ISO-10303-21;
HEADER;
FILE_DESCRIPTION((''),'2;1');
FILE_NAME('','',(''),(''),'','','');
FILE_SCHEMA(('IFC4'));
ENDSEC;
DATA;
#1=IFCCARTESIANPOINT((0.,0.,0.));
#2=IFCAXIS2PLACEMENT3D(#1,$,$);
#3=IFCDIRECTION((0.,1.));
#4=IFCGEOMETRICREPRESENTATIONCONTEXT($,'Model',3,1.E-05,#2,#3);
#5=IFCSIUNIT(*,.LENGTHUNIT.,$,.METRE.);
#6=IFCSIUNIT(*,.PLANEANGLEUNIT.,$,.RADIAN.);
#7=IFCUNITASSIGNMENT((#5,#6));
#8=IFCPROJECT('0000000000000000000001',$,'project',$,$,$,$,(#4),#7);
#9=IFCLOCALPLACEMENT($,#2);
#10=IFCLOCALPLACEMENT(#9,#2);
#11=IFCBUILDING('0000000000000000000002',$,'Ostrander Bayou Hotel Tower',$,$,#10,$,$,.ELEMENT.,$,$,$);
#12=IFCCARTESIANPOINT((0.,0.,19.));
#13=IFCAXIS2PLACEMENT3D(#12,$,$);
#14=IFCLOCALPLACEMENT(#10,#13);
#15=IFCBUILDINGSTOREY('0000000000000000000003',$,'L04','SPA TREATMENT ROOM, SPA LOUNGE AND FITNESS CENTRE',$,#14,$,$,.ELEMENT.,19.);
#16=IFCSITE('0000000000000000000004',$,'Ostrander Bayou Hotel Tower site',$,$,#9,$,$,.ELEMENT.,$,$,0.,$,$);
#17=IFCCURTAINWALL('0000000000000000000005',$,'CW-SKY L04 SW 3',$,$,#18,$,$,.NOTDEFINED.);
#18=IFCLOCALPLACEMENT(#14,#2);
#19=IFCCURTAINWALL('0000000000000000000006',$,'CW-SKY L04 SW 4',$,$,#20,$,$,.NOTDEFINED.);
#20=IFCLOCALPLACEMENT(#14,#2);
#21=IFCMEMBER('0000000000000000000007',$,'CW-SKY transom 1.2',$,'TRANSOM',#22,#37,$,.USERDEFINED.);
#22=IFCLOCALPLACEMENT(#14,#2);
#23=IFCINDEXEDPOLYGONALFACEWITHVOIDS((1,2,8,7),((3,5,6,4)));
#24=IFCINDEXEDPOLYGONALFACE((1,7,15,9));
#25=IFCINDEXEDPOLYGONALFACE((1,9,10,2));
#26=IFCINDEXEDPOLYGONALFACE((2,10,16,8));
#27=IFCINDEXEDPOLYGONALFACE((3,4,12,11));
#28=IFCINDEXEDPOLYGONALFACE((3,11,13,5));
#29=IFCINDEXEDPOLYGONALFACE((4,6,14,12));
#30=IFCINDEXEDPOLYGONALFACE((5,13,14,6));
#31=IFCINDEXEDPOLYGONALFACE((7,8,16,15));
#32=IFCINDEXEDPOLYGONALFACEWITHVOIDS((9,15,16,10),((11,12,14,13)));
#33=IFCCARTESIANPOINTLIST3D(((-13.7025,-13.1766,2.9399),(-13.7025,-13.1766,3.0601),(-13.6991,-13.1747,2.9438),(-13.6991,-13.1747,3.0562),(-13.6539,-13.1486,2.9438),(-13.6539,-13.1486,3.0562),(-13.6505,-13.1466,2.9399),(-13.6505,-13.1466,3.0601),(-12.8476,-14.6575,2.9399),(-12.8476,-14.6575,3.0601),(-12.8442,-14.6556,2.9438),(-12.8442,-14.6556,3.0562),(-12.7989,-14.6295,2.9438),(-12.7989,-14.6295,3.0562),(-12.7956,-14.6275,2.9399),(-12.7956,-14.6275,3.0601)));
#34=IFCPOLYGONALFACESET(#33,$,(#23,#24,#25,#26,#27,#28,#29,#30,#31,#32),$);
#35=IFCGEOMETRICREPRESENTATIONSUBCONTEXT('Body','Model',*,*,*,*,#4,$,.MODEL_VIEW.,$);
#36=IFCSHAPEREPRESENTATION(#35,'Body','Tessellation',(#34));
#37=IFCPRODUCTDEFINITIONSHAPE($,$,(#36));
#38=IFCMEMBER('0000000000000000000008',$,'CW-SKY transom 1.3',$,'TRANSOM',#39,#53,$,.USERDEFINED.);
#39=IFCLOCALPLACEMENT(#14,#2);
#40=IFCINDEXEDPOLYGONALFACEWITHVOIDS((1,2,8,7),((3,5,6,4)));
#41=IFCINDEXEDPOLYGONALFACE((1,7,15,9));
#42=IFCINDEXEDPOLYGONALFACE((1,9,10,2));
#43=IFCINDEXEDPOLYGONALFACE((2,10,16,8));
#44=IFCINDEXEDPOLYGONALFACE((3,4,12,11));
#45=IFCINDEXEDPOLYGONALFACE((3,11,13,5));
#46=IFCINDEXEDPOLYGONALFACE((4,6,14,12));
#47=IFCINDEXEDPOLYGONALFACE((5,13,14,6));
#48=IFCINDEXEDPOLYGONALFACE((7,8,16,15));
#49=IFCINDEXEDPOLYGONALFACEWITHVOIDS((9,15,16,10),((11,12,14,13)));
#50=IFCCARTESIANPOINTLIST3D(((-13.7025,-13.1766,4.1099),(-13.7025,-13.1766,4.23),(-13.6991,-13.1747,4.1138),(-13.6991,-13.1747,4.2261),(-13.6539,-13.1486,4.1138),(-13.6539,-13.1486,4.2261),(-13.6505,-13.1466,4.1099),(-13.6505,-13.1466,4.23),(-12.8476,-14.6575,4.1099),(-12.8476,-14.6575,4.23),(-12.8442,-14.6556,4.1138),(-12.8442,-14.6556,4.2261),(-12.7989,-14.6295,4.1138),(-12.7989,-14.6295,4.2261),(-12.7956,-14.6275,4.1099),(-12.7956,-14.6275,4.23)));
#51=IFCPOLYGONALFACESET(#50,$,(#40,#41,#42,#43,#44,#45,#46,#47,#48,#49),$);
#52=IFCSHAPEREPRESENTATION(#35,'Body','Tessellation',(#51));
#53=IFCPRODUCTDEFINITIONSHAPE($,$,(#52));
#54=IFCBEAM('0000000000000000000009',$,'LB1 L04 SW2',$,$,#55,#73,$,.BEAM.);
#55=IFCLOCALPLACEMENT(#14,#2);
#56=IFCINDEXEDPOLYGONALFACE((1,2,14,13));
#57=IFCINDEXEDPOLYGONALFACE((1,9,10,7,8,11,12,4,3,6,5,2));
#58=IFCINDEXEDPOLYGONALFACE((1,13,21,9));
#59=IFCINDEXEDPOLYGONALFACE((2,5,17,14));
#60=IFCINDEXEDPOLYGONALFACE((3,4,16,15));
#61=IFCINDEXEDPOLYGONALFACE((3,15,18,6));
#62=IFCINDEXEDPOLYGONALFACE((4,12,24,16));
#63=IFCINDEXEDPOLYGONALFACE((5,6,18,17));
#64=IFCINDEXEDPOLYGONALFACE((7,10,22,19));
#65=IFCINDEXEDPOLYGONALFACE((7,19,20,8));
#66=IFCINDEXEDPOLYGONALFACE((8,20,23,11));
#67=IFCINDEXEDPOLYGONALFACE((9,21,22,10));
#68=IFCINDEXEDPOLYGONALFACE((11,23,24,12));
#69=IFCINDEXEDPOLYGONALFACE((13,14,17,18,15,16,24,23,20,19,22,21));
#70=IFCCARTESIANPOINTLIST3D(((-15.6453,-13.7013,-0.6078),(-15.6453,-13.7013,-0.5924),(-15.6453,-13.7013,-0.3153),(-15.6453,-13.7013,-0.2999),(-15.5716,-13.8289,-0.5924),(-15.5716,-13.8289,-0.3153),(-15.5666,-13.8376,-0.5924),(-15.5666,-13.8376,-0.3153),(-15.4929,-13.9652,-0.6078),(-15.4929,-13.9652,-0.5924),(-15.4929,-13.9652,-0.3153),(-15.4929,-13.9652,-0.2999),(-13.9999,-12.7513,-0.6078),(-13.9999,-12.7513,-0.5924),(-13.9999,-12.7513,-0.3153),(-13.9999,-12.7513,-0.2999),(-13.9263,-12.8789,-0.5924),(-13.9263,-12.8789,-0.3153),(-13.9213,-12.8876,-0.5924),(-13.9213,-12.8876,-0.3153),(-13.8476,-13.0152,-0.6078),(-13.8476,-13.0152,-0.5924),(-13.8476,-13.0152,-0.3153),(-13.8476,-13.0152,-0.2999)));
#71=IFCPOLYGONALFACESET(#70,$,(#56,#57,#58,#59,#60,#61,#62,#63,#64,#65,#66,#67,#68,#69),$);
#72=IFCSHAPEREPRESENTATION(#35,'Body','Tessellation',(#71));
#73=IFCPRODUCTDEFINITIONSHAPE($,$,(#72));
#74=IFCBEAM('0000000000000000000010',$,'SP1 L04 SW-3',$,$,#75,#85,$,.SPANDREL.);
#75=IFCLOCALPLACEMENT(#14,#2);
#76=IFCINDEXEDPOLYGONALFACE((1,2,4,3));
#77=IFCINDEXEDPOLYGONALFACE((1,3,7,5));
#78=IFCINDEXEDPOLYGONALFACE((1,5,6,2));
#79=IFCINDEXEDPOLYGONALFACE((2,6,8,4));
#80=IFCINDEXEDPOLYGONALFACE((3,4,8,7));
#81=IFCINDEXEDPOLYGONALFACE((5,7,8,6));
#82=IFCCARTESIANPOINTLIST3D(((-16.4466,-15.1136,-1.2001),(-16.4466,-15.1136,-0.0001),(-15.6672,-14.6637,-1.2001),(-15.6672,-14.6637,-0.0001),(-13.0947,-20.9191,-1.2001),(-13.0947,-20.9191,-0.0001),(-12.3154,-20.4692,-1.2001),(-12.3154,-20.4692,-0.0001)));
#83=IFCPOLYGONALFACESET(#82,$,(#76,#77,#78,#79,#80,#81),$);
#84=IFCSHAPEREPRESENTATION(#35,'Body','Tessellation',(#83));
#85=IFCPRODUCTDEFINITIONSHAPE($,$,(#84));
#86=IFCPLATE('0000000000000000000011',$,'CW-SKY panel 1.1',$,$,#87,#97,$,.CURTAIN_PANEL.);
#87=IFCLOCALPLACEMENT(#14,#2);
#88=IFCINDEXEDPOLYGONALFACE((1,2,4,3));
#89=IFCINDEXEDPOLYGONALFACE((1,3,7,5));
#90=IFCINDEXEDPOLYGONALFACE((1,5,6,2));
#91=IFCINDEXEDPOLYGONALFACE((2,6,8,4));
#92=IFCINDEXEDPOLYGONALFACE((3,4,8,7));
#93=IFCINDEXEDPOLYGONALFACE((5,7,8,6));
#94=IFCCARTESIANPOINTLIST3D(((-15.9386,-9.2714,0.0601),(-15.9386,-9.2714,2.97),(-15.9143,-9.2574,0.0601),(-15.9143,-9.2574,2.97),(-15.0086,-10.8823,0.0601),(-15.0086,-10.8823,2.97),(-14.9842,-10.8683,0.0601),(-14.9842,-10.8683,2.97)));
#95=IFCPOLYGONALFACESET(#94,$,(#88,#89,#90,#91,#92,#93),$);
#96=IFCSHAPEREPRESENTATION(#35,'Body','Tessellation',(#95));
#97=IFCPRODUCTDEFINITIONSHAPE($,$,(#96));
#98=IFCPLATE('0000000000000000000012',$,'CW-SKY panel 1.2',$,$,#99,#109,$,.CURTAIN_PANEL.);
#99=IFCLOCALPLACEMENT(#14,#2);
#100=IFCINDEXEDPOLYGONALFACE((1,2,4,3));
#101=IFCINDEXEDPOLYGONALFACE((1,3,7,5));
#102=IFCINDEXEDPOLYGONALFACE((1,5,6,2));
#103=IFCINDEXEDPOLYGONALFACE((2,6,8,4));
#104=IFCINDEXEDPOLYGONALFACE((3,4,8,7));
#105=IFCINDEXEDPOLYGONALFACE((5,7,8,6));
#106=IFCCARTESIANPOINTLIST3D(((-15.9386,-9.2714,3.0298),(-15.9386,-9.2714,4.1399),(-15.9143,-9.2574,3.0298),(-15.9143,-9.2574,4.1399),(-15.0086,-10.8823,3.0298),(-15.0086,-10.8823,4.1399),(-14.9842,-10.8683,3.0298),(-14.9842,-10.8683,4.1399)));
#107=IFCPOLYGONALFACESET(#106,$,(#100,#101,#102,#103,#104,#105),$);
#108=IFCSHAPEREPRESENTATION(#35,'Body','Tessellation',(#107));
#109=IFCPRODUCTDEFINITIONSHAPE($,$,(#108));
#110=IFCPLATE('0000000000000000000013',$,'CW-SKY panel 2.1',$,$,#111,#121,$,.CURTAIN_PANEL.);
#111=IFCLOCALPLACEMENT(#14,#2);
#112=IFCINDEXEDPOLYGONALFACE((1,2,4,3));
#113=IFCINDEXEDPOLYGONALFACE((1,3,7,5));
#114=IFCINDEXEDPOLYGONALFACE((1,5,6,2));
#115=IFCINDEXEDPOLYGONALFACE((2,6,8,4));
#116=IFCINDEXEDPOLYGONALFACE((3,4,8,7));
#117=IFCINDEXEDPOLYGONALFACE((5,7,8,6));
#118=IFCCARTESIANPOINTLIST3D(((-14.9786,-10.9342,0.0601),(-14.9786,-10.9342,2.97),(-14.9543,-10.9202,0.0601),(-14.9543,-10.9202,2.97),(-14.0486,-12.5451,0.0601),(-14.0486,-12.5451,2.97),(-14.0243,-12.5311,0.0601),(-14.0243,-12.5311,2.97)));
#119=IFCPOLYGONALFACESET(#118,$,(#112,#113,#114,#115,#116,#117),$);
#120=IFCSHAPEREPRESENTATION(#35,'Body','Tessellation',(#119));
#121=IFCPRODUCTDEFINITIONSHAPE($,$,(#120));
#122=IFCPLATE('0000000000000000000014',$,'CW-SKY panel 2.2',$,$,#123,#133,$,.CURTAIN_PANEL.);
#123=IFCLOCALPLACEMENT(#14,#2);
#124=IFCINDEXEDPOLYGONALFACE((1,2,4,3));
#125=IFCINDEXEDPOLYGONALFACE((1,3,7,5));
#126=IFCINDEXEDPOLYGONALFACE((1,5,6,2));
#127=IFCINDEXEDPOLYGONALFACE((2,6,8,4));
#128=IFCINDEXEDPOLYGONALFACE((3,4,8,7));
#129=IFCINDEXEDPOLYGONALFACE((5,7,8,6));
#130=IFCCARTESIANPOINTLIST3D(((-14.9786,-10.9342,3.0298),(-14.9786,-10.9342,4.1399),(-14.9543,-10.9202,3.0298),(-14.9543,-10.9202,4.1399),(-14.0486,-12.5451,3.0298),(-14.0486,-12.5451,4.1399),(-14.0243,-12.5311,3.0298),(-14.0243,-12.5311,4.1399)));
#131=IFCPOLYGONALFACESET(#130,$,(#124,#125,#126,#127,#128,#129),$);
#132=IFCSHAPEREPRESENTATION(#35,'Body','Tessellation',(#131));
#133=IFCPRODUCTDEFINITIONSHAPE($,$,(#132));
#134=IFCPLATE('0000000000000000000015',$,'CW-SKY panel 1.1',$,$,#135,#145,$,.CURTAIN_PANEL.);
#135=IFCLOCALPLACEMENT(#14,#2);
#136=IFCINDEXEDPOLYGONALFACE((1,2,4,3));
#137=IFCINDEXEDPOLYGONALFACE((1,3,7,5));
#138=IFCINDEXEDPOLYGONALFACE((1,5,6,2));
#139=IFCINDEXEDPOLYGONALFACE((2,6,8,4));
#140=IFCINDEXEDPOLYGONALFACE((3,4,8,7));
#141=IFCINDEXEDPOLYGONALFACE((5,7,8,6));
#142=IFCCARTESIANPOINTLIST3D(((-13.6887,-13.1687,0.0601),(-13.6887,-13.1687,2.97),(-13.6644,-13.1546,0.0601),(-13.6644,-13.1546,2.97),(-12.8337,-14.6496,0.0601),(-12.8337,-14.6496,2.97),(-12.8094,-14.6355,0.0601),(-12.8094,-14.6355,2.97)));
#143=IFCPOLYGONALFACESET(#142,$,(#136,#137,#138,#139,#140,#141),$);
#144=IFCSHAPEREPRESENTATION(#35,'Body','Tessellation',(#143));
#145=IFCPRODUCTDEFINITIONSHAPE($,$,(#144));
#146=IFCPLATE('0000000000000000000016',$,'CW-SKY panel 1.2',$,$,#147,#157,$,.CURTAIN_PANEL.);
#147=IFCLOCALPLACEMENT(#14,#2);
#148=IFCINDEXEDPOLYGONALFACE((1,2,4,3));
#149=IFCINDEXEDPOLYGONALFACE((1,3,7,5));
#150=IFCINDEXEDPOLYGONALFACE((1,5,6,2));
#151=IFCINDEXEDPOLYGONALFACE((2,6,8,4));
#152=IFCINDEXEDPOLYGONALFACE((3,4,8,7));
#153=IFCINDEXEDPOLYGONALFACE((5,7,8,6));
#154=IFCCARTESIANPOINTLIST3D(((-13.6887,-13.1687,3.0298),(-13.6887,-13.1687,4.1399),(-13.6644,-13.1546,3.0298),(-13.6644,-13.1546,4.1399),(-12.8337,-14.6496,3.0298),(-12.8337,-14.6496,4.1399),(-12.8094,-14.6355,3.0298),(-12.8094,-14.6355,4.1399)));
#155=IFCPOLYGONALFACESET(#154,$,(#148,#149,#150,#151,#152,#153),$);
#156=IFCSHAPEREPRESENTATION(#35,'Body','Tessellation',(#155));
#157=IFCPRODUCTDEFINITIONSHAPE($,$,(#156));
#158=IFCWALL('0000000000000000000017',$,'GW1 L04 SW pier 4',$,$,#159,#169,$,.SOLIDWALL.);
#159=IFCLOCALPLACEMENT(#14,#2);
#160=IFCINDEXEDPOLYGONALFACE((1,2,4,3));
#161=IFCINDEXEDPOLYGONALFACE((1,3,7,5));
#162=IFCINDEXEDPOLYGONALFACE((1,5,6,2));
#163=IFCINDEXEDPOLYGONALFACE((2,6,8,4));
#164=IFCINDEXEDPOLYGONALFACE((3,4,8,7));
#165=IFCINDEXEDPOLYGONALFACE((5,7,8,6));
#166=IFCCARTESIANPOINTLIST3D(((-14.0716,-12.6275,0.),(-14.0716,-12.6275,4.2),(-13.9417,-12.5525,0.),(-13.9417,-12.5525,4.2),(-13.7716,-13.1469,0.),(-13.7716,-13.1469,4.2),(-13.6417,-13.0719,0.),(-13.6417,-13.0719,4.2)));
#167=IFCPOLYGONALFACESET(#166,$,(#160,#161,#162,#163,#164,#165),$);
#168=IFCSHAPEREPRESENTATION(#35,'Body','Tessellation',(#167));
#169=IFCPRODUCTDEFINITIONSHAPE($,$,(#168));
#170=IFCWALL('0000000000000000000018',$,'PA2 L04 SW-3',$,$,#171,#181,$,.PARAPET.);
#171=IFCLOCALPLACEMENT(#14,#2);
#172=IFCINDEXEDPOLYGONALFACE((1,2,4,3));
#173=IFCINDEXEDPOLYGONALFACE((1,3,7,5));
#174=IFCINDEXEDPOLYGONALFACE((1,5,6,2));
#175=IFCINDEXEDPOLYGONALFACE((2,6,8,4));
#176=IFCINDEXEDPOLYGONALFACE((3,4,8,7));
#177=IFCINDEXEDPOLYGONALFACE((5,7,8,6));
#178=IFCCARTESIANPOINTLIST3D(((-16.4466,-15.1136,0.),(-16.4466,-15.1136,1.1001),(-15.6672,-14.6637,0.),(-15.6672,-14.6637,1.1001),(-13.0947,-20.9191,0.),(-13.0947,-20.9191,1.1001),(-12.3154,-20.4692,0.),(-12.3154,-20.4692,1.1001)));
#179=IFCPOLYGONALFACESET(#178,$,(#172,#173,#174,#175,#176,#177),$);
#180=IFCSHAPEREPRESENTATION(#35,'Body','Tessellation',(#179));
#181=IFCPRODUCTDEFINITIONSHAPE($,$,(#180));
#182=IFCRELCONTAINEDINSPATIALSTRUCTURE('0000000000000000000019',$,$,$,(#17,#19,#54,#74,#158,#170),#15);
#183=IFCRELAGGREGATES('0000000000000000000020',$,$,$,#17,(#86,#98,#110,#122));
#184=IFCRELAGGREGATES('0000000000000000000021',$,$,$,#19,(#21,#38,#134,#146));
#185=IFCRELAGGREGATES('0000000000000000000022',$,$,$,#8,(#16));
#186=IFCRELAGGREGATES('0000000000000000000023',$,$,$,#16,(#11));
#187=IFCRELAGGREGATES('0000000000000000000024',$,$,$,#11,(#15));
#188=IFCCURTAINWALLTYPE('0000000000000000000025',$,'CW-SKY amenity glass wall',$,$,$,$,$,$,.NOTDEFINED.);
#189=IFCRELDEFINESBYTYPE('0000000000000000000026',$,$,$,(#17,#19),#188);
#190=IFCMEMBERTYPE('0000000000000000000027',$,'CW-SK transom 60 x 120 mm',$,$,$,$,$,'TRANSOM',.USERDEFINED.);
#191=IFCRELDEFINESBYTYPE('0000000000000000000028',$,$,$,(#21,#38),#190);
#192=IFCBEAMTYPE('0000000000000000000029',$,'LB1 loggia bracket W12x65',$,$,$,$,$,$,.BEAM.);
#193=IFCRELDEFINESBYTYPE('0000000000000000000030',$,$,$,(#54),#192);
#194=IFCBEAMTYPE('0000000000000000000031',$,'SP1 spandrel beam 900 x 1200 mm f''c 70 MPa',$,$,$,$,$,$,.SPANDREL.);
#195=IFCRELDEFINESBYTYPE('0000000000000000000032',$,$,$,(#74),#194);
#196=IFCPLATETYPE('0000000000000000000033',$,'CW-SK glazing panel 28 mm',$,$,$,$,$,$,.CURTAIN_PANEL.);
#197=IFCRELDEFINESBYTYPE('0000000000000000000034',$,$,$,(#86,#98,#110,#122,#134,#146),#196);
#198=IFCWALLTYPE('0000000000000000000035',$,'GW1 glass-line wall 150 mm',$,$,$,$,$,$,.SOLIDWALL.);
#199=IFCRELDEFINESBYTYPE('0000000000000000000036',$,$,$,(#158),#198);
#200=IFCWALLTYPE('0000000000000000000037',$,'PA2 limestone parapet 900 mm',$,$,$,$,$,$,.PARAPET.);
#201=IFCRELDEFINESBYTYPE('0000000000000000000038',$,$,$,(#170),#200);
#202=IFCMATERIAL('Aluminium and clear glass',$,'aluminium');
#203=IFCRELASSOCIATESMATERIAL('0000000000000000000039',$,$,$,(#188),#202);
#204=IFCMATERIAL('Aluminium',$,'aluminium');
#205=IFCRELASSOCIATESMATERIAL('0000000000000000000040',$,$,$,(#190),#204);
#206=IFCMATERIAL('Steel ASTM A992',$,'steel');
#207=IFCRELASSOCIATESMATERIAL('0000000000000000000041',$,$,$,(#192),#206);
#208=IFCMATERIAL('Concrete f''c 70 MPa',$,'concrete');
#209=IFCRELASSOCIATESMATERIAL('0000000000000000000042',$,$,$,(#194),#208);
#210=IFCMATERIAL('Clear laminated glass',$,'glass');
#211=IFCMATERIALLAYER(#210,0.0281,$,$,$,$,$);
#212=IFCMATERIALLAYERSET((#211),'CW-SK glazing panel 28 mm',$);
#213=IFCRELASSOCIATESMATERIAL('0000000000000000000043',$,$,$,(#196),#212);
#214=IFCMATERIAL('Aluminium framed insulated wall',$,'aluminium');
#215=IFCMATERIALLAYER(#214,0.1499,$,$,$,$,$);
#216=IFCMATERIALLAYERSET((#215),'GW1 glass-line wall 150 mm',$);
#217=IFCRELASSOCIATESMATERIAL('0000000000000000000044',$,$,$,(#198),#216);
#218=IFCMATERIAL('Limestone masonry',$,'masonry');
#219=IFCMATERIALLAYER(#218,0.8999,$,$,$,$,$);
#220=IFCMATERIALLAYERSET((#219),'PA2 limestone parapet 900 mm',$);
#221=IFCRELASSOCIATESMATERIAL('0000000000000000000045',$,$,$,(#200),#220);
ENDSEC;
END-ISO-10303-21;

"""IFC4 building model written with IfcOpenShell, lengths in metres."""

from ifc_helpers import new_model, si_unit, direction, frame, frame_2d, origin, origin_2d, place, context, subcontext, project, spatial, rectangle, hollow_rectangle, i_section, extrude, material, layer, layer_set, material_profile, profile_set, type_object, element, aggregate, save


model = new_model("IFC4")

# Units and contexts
model_context = context("Model", 3, precision=1e-05, world=origin(), true_north=direction((0.0, 1.0)))
body_context = subcontext(model_context, "Body", "Model", "MODEL_VIEW")
ifc_project = project(units=[si_unit("LENGTHUNIT", "METRE"), si_unit("PLANEANGLEUNIT", "RADIAN")], contexts=[model_context])

# Site, building, storey
site_placement = place(None, origin())
site = spatial("IfcSite", under=ifc_project, at=site_placement, Name="Ostrander Bayou Hotel Tower site", CompositionType="ELEMENT", RefElevation=0.0)
building_placement = place(site_placement, origin())
building = spatial("IfcBuilding", under=site, at=building_placement, Name="Ostrander Bayou Hotel Tower", CompositionType="ELEMENT")
storey_placement = place(building_placement, frame((0.0, 0.0, 19.0)))
storey = spatial("IfcBuildingStorey", under=building, at=storey_placement, Name="L04", Description="SPA TREATMENT ROOM, SPA LOUNGE AND FITNESS CENTRE", CompositionType="ELEMENT", Elevation=19.0)

# Curtain wall
ifc_material_1 = material(Name="Aluminium and clear glass", Category="aluminium")
curtain_wall_type = type_object("IfcCurtainWallType", Name="CW-SKY amenity glass wall", PredefinedType="NOTDEFINED", material=ifc_material_1)
curtain_wall_1_placement = place(storey_placement, origin())
curtain_wall_1 = element("IfcCurtainWall", 1, at=curtain_wall_1_placement, inside=storey, type_object=curtain_wall_type, Name="CW-SKY L04 SW 3", PredefinedType="NOTDEFINED")

# Curtain wall
curtain_wall_2_placement = place(storey_placement, origin())
curtain_wall_2 = element("IfcCurtainWall", 2, at=curtain_wall_2_placement, inside=storey, type_object=curtain_wall_type, Name="CW-SKY L04 SW 4", PredefinedType="NOTDEFINED")

# Members
ifc_material_2 = material(Name="Aluminium", Category="aluminium")
ifc_material_profile_1 = material_profile(ifc_material_2, hollow_rectangle(XDim=0.0601, YDim=0.1201, WallThickness=0.0039, at=origin_2d()))
ifc_profile_set_1 = profile_set([ifc_material_profile_1], Name="Aluminium")
member_type_1 = type_object("IfcMemberType", Name="CW-SK transom 60 x 120 mm", ElementType="TRANSOM", PredefinedType="USERDEFINED", material=ifc_profile_set_1)
member_1_placement = place(storey_placement, frame((-13.6765, -13.1616, 3.0), z_axis=(0.499978, -0.866038, 0.0), x_axis=(0.866038, 0.499978, 0.0)))
member_1 = element("IfcMember", 3, at=member_1_placement, type_object=member_type_1, Name="CW-SKY transom 1.2", ObjectType="TRANSOM", PredefinedType="USERDEFINED", context=body_context, shape_type="SweptSolid", body=[
    extrude(hollow_rectangle(XDim=0.0601, YDim=0.1201, WallThickness=0.0039, at=origin_2d()), origin(), (0.0, 0.0, 1.0), 1.71),
])
member_2_placement = place(storey_placement, frame((-13.6765, -13.1616, 4.1699), z_axis=(0.499978, -0.866038, 0.0), x_axis=(0.866038, 0.499978, 0.0)))
member_2 = element("IfcMember", 4, at=member_2_placement, type_object=member_type_1, Name="CW-SKY transom 1.3", ObjectType="TRANSOM", PredefinedType="USERDEFINED", context=body_context, shape_type="SweptSolid", body=[
    extrude(hollow_rectangle(XDim=0.0601, YDim=0.1201, WallThickness=0.0039, at=origin_2d()), origin(), (0.0, 0.0, 1.0), 1.71),
])

# Beams
ifc_material_3 = material(Name="Steel ASTM A992", Category="steel")
ifc_material_profile_2 = material_profile(ifc_material_3, i_section(OverallWidth=0.3047, OverallDepth=0.3079, WebThickness=0.01, FlangeThickness=0.0154, at=origin_2d()))
ifc_profile_set_2 = profile_set([ifc_material_profile_2], Name="Steel ASTM A992")
beam_type_1 = type_object("IfcBeamType", Name="LB1 loggia bracket W12x65", PredefinedType="BEAM", material=ifc_profile_set_2)
beam_1_placement = place(storey_placement, frame((-15.5691, -13.8333, -0.4539), z_axis=(0.866012, 0.500023, 0.0), x_axis=(-0.500023, 0.866012, 0.0)))
element("IfcBeam", 5, at=beam_1_placement, inside=storey, type_object=beam_type_1, Name="LB1 L04 SW2", PredefinedType="BEAM", context=body_context, shape_type="SweptSolid", body=[
    extrude(i_section(OverallWidth=0.3047, OverallDepth=0.3079, WebThickness=0.01, FlangeThickness=0.0154, at=origin_2d()), origin(), (0.0, 0.0, 1.0), 1.8999),
])
ifc_material_4 = material(Name="Concrete f'c 70 MPa", Category="concrete")
ifc_material_profile_3 = material_profile(ifc_material_4, rectangle(XDim=0.8999, YDim=1.2, at=origin_2d()))
ifc_profile_set_3 = profile_set([ifc_material_profile_3], Name="Concrete f'c 70 MPa")
beam_type_2 = type_object("IfcBeamType", Name="SP1 spandrel beam 900 x 1200 mm f'c 70 MPa", PredefinedType="SPANDREL", material=ifc_profile_set_3)
beam_2_placement = place(storey_placement, frame((-16.0569, -14.8887, -0.6001), z_axis=(0.500005, -0.866022, 0.0), x_axis=(0.866022, 0.500005, 0.0)))
element("IfcBeam", 6, at=beam_2_placement, inside=storey, type_object=beam_type_2, Name="SP1 L04 SW-3", PredefinedType="SPANDREL", context=body_context, shape_type="SweptSolid", body=[
    extrude(rectangle(XDim=0.8999, YDim=1.2, at=origin_2d()), origin(), (0.0, 0.0, 1.0), 6.7036),
])

# Plates
ifc_material_5 = material(Name="Clear laminated glass", Category="glass")
ifc_layer_1 = layer(ifc_material_5, 0.0281)
ifc_layer_set_1 = layer_set([ifc_layer_1], Name="CW-SK glazing panel 28 mm")
plate_type = type_object("IfcPlateType", Name="CW-SK glazing panel 28 mm", PredefinedType="CURTAIN_PANEL", material=ifc_layer_set_1)
plate_1_placement = place(storey_placement, frame((-15.4614, -10.0698, 0.0601), z_axis=(0.0, 0.0, 1.0), x_axis=(0.5, -0.866025, 0.0)))
plate_1 = element("IfcPlate", 7, at=plate_1_placement, type_object=plate_type, Name="CW-SKY panel 1.1", PredefinedType="CURTAIN_PANEL", context=body_context, shape_type="SweptSolid", body=[
    extrude(rectangle(XDim=1.8601, YDim=0.0281, at=origin_2d()), origin(), (0.0, 0.0, 1.0), 2.9099),
])
plate_2_placement = place(storey_placement, frame((-15.4614, -10.0698, 3.0298), z_axis=(0.0, 0.0, 1.0), x_axis=(0.5, -0.866025, 0.0)))
plate_2 = element("IfcPlate", 8, at=plate_2_placement, type_object=plate_type, Name="CW-SKY panel 1.2", PredefinedType="CURTAIN_PANEL", context=body_context, shape_type="SweptSolid", body=[
    extrude(rectangle(XDim=1.8601, YDim=0.0281, at=origin_2d()), origin(), (0.0, 0.0, 1.0), 1.1101),
])
plate_3_placement = place(storey_placement, frame((-14.5015, -11.7327, 0.0601), z_axis=(0.0, 0.0, 1.0), x_axis=(0.5, -0.866025, 0.0)))
plate_3 = element("IfcPlate", 9, at=plate_3_placement, type_object=plate_type, Name="CW-SKY panel 2.1", PredefinedType="CURTAIN_PANEL", context=body_context, shape_type="SweptSolid", body=[
    extrude(rectangle(XDim=1.8601, YDim=0.0281, at=origin_2d()), origin(), (0.0, 0.0, 1.0), 2.9099),
])
plate_4_placement = place(storey_placement, frame((-14.5015, -11.7327, 3.0298), z_axis=(0.0, 0.0, 1.0), x_axis=(0.5, -0.866025, 0.0)))
plate_4 = element("IfcPlate", 10, at=plate_4_placement, type_object=plate_type, Name="CW-SKY panel 2.2", PredefinedType="CURTAIN_PANEL", context=body_context, shape_type="SweptSolid", body=[
    extrude(rectangle(XDim=1.8601, YDim=0.0281, at=origin_2d()), origin(), (0.0, 0.0, 1.0), 1.1101),
])
aggregate(curtain_wall_1, [plate_1, plate_2, plate_3, plate_4])
plate_5_placement = place(storey_placement, frame((-13.249, -13.9021, 0.0601), z_axis=(0.0, 0.0, 1.0), x_axis=(0.499999, -0.866026, 0.0)))
plate_5 = element("IfcPlate", 11, at=plate_5_placement, type_object=plate_type, Name="CW-SKY panel 1.1", PredefinedType="CURTAIN_PANEL", context=body_context, shape_type="SweptSolid", body=[
    extrude(rectangle(XDim=1.71, YDim=0.0281, at=origin_2d()), origin(), (0.0, 0.0, 1.0), 2.9099),
])
plate_6_placement = place(storey_placement, frame((-13.249, -13.9021, 3.0298), z_axis=(0.0, 0.0, 1.0), x_axis=(0.499999, -0.866026, 0.0)))
plate_6 = element("IfcPlate", 12, at=plate_6_placement, type_object=plate_type, Name="CW-SKY panel 1.2", PredefinedType="CURTAIN_PANEL", context=body_context, shape_type="SweptSolid", body=[
    extrude(rectangle(XDim=1.71, YDim=0.0281, at=origin_2d()), origin(), (0.0, 0.0, 1.0), 1.1101),
])
aggregate(curtain_wall_2, [member_1, member_2, plate_5, plate_6])

# Walls
ifc_material_6 = material(Name="Aluminium framed insulated wall", Category="aluminium")
ifc_layer_2 = layer(ifc_material_6, 0.1499)
ifc_layer_set_2 = layer_set([ifc_layer_2], Name="GW1 glass-line wall 150 mm")
wall_type_1 = type_object("IfcWallType", Name="GW1 glass-line wall 150 mm", PredefinedType="SOLIDWALL", material=ifc_layer_set_2)
wall_1_placement = place(storey_placement, frame((-14.0066, -12.5901, 0.0), z_axis=(0.0, 0.0, 1.0), x_axis=(0.500122, -0.865955, 0.0)))
element("IfcWall", 13, at=wall_1_placement, inside=storey, type_object=wall_type_1, Name="GW1 L04 SW pier 4", PredefinedType="SOLIDWALL", context=body_context, shape_type="SweptSolid", body=[
    extrude(rectangle(XDim=0.5999, YDim=0.1499, at=frame_2d((0.2998, 0.0))), origin(), (0.0, 0.0, 1.0), 4.2),
])
ifc_material_7 = material(Name="Limestone masonry", Category="masonry")
ifc_layer_3 = layer(ifc_material_7, 0.8999)
ifc_layer_set_3 = layer_set([ifc_layer_3], Name="PA2 limestone parapet 900 mm")
wall_type_2 = type_object("IfcWallType", Name="PA2 limestone parapet 900 mm", PredefinedType="PARAPET", material=ifc_layer_set_3)
wall_2_placement = place(storey_placement, frame((-16.0569, -14.8887, 0.0), z_axis=(0.0, 0.0, 1.0), x_axis=(0.500005, -0.866022, 0.0)))
element("IfcWall", 14, at=wall_2_placement, inside=storey, type_object=wall_type_2, Name="PA2 L04 SW-3", PredefinedType="PARAPET", context=body_context, shape_type="SweptSolid", body=[
    extrude(rectangle(XDim=6.7036, YDim=0.8999, at=frame_2d((3.3518, 0.0))), origin(), (0.0, 0.0, 1.0), 1.1001),
])

save(model, "model.ifc")
